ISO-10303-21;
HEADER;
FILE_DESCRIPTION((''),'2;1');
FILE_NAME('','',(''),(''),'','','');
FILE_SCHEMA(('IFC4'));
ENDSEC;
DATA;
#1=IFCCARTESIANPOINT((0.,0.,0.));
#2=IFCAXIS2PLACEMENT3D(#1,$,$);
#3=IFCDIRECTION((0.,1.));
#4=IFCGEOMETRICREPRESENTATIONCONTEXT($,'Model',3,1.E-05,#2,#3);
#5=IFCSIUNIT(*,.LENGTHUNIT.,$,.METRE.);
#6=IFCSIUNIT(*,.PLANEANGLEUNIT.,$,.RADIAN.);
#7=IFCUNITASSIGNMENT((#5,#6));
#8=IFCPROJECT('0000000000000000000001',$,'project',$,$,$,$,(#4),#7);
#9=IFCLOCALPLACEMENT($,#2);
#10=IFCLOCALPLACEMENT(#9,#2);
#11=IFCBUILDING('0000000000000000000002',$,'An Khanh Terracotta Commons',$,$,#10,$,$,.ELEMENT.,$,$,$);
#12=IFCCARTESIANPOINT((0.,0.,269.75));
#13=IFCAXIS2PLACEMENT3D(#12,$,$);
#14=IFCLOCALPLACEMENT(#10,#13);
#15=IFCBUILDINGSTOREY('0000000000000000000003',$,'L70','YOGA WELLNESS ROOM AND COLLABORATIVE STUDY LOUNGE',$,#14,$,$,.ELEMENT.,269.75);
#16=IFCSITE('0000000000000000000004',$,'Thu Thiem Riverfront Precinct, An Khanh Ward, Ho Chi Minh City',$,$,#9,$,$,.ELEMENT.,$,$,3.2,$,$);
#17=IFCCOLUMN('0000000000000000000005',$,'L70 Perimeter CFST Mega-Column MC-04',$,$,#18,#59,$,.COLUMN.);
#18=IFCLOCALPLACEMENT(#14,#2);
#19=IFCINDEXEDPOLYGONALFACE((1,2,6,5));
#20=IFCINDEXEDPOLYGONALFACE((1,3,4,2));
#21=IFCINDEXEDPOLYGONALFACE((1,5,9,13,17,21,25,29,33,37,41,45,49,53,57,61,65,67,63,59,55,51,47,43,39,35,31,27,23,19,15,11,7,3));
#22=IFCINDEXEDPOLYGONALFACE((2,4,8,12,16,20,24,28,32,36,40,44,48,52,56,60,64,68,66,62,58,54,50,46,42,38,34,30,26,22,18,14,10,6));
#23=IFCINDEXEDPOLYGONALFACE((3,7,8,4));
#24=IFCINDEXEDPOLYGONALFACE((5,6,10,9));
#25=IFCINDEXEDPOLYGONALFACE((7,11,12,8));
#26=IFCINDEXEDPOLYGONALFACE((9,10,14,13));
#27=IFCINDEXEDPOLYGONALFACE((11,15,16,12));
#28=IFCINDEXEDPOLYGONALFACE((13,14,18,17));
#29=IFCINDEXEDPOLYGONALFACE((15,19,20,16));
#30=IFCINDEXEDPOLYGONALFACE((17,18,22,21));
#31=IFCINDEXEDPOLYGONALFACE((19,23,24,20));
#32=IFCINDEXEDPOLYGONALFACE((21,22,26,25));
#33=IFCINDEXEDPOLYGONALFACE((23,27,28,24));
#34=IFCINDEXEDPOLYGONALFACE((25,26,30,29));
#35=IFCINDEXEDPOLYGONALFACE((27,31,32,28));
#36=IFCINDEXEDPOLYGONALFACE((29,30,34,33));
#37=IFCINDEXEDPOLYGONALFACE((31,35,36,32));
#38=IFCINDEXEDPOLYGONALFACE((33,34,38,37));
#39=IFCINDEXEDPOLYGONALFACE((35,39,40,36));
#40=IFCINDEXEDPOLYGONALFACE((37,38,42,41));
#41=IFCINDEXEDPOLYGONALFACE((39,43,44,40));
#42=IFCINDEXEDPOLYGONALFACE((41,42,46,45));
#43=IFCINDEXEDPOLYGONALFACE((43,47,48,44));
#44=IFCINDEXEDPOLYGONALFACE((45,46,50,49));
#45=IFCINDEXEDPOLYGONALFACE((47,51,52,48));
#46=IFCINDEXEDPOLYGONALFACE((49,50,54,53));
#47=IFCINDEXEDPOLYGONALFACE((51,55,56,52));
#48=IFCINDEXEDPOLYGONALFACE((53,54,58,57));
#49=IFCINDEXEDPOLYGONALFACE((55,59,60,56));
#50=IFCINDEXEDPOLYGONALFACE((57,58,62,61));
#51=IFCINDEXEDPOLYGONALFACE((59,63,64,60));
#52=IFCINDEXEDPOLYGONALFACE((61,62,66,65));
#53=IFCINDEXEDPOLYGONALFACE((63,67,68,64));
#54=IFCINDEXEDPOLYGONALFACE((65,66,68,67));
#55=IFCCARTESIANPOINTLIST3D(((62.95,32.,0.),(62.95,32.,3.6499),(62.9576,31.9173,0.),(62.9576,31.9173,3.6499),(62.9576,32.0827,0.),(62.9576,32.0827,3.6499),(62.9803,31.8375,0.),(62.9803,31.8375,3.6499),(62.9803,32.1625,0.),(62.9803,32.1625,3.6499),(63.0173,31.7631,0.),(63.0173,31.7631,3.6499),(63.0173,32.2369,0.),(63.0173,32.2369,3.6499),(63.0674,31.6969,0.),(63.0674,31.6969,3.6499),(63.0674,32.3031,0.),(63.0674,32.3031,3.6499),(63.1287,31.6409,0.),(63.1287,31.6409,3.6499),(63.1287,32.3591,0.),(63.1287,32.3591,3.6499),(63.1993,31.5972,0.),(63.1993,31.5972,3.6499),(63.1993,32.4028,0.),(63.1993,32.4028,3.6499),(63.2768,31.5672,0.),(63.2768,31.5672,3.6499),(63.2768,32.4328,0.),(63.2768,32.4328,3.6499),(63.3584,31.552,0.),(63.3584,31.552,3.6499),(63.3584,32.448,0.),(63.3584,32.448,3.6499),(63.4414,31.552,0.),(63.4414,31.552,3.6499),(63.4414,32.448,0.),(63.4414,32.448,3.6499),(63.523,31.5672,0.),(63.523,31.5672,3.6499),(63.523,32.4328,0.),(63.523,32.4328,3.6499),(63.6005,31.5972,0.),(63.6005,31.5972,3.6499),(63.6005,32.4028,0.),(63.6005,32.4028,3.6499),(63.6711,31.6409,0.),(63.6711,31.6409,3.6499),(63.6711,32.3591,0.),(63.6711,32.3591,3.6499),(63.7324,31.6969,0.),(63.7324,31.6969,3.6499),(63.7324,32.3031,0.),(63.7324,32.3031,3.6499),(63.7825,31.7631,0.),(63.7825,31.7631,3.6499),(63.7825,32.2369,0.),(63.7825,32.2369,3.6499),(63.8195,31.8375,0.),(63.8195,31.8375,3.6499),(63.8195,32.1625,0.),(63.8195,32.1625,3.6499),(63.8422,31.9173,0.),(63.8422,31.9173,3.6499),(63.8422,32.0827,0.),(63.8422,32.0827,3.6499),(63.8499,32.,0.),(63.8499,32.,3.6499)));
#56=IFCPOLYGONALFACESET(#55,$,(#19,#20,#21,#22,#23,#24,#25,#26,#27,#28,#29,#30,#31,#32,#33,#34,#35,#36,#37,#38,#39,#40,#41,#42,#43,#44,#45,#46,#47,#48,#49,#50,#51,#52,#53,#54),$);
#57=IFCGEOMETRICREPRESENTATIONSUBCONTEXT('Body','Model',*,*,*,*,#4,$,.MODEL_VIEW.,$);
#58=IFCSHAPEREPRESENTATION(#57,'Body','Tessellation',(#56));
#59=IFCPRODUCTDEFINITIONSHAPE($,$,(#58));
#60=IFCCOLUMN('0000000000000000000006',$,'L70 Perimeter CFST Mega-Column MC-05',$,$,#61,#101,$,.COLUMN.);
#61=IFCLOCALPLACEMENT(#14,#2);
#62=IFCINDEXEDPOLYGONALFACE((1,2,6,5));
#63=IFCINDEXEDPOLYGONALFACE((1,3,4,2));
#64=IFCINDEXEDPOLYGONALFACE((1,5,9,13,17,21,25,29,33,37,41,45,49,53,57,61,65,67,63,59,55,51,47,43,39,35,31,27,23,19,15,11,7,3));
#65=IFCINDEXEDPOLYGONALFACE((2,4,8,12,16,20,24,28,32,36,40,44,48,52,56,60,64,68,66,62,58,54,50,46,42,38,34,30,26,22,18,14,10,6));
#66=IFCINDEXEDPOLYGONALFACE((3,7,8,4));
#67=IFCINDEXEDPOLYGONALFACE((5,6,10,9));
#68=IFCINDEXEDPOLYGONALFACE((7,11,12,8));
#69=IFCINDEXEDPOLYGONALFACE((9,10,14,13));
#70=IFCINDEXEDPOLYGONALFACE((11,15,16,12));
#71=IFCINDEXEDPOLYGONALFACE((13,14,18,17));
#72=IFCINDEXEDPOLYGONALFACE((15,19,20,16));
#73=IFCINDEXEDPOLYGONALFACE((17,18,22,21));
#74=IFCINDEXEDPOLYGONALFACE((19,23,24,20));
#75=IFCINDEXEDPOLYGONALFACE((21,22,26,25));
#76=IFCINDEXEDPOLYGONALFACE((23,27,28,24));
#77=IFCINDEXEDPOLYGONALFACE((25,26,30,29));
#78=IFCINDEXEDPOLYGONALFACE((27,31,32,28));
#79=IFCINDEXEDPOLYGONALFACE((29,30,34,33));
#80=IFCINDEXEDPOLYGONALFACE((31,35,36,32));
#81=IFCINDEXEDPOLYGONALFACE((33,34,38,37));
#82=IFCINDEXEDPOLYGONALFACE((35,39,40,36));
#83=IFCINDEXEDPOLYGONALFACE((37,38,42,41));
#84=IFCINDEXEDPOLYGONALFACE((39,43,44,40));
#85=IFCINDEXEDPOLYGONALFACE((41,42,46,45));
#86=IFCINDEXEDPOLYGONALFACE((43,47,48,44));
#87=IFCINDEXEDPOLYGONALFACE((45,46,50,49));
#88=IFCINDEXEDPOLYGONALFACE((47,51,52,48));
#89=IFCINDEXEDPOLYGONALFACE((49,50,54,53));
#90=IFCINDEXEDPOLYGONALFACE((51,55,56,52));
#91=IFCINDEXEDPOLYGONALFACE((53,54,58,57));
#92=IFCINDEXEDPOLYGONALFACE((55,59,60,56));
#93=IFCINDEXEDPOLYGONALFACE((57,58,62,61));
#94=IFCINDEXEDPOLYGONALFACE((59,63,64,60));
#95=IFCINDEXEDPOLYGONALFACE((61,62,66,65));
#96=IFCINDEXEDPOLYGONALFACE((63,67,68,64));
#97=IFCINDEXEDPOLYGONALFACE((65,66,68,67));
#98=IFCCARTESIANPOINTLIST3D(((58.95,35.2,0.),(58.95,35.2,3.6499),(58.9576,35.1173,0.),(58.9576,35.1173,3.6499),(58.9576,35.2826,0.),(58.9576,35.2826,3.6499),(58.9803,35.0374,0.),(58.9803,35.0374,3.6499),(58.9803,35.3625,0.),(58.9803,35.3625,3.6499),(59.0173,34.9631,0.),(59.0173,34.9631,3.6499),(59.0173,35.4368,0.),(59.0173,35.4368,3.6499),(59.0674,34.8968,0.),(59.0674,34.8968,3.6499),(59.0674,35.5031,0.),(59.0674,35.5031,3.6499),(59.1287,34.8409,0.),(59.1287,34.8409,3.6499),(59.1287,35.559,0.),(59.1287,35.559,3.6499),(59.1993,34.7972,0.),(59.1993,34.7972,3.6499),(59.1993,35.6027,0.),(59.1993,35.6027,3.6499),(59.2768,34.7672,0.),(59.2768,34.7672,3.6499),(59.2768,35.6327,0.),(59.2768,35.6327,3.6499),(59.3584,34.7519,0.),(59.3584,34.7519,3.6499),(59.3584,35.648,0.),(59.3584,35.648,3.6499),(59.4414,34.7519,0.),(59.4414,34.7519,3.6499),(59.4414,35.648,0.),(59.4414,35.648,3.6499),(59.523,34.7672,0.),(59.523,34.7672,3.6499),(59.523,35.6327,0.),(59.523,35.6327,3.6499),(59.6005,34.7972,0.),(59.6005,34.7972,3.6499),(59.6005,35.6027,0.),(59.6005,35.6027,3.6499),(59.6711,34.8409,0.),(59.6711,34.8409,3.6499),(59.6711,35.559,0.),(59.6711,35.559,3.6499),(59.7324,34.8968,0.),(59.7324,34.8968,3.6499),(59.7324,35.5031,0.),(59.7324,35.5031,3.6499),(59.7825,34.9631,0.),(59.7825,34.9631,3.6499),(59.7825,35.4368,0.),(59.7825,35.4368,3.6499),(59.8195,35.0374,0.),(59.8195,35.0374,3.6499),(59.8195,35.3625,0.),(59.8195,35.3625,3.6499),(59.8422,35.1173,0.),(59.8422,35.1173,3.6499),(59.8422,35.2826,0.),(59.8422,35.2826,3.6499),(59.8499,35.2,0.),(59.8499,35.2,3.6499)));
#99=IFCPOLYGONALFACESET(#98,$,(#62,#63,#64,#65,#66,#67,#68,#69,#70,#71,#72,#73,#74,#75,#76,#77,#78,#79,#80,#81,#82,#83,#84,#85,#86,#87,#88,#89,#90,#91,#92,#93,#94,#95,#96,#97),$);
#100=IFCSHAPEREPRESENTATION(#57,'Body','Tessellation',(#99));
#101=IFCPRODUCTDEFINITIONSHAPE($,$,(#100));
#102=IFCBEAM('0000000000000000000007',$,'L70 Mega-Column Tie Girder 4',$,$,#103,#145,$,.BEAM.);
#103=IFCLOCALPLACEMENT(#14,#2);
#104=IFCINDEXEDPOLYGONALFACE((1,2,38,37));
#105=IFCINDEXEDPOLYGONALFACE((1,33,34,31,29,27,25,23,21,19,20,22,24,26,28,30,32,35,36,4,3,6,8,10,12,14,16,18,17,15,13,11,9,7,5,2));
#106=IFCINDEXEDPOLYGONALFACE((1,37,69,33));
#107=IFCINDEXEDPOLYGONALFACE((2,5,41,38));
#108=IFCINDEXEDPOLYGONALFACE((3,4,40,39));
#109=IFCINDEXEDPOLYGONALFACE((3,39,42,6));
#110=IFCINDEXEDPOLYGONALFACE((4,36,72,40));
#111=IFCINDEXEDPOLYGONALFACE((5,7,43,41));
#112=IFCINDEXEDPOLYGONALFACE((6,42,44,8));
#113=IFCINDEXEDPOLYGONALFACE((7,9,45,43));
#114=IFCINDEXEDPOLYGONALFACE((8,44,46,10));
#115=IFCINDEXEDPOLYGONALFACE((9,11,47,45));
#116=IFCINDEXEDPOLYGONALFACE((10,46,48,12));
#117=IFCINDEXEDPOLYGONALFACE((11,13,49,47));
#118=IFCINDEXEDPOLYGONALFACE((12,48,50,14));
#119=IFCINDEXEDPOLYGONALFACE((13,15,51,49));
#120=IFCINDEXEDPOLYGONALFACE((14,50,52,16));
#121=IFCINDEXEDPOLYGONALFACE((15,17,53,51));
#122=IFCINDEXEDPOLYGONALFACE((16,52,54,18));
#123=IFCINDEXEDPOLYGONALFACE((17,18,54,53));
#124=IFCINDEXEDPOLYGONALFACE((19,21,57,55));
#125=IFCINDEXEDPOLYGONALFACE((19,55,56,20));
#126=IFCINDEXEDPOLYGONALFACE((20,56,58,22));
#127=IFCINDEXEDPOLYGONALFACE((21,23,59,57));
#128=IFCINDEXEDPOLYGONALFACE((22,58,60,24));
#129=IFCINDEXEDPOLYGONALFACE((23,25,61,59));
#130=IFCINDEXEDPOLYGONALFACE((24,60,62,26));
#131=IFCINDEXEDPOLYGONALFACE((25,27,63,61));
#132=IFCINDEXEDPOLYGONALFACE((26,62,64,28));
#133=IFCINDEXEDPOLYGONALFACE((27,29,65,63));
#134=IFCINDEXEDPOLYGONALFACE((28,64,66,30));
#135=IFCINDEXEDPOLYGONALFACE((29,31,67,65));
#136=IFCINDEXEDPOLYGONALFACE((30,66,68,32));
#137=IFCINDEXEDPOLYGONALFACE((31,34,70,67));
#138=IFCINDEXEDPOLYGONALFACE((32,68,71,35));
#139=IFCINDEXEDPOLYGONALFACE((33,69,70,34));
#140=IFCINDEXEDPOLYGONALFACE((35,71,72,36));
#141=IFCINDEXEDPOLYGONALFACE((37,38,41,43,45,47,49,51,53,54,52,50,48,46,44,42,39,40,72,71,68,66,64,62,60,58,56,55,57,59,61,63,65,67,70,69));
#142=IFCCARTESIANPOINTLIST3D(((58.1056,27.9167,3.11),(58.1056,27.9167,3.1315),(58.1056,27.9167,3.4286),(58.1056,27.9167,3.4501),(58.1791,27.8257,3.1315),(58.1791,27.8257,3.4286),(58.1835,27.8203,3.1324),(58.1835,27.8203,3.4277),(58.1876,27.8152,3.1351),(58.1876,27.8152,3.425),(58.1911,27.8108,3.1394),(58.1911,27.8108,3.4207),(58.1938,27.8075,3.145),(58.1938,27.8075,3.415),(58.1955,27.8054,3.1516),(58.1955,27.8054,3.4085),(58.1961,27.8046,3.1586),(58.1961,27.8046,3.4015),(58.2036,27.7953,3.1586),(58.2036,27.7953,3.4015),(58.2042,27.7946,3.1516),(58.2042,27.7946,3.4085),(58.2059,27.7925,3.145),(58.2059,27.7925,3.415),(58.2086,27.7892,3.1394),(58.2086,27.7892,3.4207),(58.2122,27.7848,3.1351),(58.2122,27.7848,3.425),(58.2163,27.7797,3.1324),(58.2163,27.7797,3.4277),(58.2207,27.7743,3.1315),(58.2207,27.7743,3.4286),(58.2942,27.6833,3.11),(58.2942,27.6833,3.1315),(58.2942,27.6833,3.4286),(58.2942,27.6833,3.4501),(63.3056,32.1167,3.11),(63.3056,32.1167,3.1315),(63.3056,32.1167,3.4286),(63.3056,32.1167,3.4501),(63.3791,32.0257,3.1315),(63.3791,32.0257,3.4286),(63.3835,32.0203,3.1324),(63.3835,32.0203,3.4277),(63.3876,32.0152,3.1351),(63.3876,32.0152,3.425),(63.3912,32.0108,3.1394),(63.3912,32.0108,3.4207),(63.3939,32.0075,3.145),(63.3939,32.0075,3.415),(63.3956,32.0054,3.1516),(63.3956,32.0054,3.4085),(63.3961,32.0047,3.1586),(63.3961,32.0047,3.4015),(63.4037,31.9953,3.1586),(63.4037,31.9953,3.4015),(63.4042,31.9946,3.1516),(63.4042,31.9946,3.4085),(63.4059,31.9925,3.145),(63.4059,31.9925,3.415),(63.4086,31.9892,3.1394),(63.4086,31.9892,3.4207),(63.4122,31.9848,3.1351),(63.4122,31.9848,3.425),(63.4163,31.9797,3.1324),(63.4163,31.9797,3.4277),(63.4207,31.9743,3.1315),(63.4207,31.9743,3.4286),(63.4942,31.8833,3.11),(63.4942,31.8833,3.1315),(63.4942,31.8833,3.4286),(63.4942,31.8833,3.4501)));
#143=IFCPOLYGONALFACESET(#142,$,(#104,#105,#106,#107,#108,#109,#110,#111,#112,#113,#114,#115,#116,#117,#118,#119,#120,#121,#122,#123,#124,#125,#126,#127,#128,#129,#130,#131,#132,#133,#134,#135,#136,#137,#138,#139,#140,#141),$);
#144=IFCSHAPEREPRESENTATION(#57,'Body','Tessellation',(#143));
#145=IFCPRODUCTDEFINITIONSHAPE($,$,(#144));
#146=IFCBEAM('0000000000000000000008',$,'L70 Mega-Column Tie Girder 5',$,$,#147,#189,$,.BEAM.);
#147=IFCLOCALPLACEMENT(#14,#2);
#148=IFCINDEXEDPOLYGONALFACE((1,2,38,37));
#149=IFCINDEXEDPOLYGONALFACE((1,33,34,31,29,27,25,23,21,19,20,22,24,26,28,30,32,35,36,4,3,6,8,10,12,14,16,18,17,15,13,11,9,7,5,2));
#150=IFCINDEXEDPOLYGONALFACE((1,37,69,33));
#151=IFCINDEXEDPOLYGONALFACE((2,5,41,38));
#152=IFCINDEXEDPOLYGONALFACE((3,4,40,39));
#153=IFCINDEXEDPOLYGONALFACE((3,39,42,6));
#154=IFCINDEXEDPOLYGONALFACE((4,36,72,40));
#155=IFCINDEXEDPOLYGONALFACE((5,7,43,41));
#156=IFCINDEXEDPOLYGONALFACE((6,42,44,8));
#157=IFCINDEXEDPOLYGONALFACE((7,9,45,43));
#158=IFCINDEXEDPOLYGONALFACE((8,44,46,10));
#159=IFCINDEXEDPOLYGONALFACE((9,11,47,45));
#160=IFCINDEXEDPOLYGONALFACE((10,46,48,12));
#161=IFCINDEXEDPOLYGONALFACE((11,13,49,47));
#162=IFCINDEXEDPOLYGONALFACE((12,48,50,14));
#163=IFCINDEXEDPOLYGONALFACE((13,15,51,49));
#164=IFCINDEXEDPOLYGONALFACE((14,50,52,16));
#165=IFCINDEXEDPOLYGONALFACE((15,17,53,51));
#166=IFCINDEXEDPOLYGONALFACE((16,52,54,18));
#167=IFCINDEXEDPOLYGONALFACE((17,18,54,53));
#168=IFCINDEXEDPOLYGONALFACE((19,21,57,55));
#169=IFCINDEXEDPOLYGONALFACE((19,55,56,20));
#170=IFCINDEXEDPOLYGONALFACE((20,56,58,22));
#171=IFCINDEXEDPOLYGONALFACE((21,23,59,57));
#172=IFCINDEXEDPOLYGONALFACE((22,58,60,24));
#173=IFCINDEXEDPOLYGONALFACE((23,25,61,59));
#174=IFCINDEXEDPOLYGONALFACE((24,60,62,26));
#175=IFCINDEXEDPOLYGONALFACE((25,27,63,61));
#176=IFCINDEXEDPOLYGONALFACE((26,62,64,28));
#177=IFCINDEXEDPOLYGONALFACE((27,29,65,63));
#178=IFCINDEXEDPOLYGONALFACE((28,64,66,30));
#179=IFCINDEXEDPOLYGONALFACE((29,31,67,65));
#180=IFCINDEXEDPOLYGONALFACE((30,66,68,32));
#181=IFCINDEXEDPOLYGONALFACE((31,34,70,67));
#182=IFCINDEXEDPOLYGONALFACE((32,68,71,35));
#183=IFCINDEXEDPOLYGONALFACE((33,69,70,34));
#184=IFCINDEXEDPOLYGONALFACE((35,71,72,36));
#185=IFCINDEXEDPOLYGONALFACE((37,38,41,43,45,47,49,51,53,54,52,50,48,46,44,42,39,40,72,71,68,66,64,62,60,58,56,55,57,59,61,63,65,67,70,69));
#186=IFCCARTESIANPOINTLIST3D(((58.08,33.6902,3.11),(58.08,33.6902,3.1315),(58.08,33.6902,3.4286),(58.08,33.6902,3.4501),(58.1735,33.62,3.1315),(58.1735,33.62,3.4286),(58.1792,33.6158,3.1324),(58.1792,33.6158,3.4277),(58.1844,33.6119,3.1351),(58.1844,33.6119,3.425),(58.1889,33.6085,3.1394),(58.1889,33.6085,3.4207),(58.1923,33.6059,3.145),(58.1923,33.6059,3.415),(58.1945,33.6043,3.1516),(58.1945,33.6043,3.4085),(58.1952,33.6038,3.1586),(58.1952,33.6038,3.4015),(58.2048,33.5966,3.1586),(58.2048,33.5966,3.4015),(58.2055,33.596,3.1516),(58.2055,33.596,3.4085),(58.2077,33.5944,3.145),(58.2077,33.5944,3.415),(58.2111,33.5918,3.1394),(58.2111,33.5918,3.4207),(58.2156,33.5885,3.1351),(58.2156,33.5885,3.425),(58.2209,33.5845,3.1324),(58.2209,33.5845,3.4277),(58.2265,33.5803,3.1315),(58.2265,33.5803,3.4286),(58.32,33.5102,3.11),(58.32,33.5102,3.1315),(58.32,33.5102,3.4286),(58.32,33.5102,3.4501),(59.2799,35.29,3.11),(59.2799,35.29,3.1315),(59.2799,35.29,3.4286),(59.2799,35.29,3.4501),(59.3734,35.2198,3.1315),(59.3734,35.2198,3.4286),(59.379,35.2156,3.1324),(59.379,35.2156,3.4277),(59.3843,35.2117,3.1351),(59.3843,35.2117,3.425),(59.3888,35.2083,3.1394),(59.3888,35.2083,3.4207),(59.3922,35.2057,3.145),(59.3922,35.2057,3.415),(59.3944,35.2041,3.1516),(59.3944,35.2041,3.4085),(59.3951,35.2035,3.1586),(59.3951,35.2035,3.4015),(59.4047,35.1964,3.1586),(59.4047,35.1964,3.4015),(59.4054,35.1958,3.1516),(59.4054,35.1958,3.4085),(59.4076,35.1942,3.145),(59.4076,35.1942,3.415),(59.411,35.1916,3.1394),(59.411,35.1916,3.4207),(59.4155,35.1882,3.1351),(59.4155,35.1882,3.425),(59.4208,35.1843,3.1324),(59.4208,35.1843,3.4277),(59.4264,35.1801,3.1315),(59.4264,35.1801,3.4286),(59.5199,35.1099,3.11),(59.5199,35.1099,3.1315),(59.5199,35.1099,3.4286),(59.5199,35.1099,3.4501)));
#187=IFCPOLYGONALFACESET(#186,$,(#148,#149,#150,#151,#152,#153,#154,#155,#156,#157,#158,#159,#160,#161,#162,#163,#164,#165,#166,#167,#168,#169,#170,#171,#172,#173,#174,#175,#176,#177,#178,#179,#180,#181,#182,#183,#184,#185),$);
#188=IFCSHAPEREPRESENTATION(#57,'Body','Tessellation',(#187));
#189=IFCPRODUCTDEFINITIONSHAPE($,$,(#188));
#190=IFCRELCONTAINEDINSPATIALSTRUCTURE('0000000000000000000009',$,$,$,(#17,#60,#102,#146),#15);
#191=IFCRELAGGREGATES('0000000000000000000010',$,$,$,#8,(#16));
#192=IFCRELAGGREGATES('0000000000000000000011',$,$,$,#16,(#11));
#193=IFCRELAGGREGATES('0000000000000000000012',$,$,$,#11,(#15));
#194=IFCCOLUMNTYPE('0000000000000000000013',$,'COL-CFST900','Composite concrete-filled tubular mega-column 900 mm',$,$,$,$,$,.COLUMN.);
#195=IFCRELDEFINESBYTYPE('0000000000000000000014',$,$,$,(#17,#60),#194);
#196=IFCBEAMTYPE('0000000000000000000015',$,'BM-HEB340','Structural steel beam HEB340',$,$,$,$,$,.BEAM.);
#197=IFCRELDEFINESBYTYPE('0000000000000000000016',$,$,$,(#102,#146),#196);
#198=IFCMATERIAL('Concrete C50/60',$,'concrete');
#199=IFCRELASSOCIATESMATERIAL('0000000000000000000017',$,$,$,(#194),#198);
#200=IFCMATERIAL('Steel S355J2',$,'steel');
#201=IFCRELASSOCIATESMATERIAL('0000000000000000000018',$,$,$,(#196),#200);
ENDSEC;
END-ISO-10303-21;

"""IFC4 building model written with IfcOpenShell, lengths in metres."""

from ifc_helpers import new_model, si_unit, direction, frame, origin, origin_2d, place, context, subcontext, project, spatial, circle, i_section, extrude, material, material_profile, profile_set, type_object, element, save


model = new_model("IFC4")

# Units and contexts
model_context = context("Model", 3, precision=1e-05, world=origin(), true_north=direction((0.0, 1.0)))
body_context = subcontext(model_context, "Body", "Model", "MODEL_VIEW")
ifc_project = project(units=[si_unit("LENGTHUNIT", "METRE"), si_unit("PLANEANGLEUNIT", "RADIAN")], contexts=[model_context])

# Site, building, storey
site_placement = place(None, origin())
site = spatial("IfcSite", under=ifc_project, at=site_placement, Name="Thu Thiem Riverfront Precinct, An Khanh Ward, Ho Chi Minh City", CompositionType="ELEMENT", RefElevation=3.2)
building_placement = place(site_placement, origin())
building = spatial("IfcBuilding", under=site, at=building_placement, Name="An Khanh Terracotta Commons", CompositionType="ELEMENT")
storey_placement = place(building_placement, frame((0.0, 0.0, 269.75)))
storey = spatial("IfcBuildingStorey", under=building, at=storey_placement, Name="L70", Description="YOGA WELLNESS ROOM AND COLLABORATIVE STUDY LOUNGE", CompositionType="ELEMENT", Elevation=269.75)

# Columns
ifc_material_1 = material(Name="Concrete C50/60", Category="concrete")
ifc_material_profile_1 = material_profile(ifc_material_1, circle(Radius=0.45, at=origin_2d()), Name="CFST900")
ifc_profile_set_1 = profile_set([ifc_material_profile_1], Name="Concrete C50/60")
column_type = type_object("IfcColumnType", Name="COL-CFST900", Description="Composite concrete-filled tubular mega-column 900 mm", PredefinedType="COLUMN", material=ifc_profile_set_1)
for number, where, z_axis, x_axis, name in (
    (1, (63.3999, 32.0, 0.0), (0.0, 0.0, 1.0), (1.0, 0.0, 0.0), "L70 Perimeter CFST Mega-Column MC-04"),
    (2, (59.3999, 35.2, 0.0), (0.0, 0.0, 1.0), (1.0, 0.0, 0.0), "L70 Perimeter CFST Mega-Column MC-05"),
):
    element("IfcColumn", number, at=place(storey_placement, frame(where, z_axis=z_axis, x_axis=x_axis)), inside=storey, type_object=column_type, Name=name, PredefinedType="COLUMN", context=body_context, shape_type="SweptSolid", body=[
        extrude(circle(Radius=0.45, at=origin_2d()), origin(), (0.0, 0.0, 1.0), 3.6499),
    ])

# Beams
ifc_material_2 = material(Name="Steel S355J2", Category="steel")
ifc_material_profile_2 = material_profile(ifc_material_2, i_section(OverallWidth=0.3, OverallDepth=0.3401, WebThickness=0.012, FlangeThickness=0.0215, FilletRadius=0.0271, at=origin_2d()), Name="HEB340")
ifc_profile_set_2 = profile_set([ifc_material_profile_2], Name="Steel S355J2")
beam_type_1 = type_object("IfcBeamType", Name="BM-HEB340", Description="Structural steel beam HEB340", PredefinedType="BEAM", material=ifc_profile_set_2)
beam_1_placement = place(storey_placement, frame((63.3999, 32.0, 3.28), z_axis=(-0.777942, -0.628336, 0.0), x_axis=(0.628336, -0.777942, 0.0)))
element("IfcBeam", 3, at=beam_1_placement, inside=storey, type_object=beam_type_1, Name="L70 Mega-Column Tie Girder 4", PredefinedType="BEAM", context=body_context, shape_type="SweptSolid", body=[
    extrude(i_section(OverallWidth=0.3, OverallDepth=0.3401, WebThickness=0.012, FlangeThickness=0.0215, FilletRadius=0.0271, at=origin_2d()), origin(), (0.0, 0.0, 1.0), 6.6843),
])
beam_2_placement = place(storey_placement, frame((59.3999, 35.2, 3.28), z_axis=(-0.60002, -0.799985, 0.0), x_axis=(0.799985, -0.60002, 0.0)))
element("IfcBeam", 4, at=beam_2_placement, inside=storey, type_object=beam_type_1, Name="L70 Mega-Column Tie Girder 5", PredefinedType="BEAM", context=body_context, shape_type="SweptSolid", body=[
    extrude(i_section(OverallWidth=0.3, OverallDepth=0.3401, WebThickness=0.012, FlangeThickness=0.0215, FilletRadius=0.0271, at=origin_2d()), origin(), (0.0, 0.0, 1.0), 1.9998),
])

save(model, "model.ifc")
